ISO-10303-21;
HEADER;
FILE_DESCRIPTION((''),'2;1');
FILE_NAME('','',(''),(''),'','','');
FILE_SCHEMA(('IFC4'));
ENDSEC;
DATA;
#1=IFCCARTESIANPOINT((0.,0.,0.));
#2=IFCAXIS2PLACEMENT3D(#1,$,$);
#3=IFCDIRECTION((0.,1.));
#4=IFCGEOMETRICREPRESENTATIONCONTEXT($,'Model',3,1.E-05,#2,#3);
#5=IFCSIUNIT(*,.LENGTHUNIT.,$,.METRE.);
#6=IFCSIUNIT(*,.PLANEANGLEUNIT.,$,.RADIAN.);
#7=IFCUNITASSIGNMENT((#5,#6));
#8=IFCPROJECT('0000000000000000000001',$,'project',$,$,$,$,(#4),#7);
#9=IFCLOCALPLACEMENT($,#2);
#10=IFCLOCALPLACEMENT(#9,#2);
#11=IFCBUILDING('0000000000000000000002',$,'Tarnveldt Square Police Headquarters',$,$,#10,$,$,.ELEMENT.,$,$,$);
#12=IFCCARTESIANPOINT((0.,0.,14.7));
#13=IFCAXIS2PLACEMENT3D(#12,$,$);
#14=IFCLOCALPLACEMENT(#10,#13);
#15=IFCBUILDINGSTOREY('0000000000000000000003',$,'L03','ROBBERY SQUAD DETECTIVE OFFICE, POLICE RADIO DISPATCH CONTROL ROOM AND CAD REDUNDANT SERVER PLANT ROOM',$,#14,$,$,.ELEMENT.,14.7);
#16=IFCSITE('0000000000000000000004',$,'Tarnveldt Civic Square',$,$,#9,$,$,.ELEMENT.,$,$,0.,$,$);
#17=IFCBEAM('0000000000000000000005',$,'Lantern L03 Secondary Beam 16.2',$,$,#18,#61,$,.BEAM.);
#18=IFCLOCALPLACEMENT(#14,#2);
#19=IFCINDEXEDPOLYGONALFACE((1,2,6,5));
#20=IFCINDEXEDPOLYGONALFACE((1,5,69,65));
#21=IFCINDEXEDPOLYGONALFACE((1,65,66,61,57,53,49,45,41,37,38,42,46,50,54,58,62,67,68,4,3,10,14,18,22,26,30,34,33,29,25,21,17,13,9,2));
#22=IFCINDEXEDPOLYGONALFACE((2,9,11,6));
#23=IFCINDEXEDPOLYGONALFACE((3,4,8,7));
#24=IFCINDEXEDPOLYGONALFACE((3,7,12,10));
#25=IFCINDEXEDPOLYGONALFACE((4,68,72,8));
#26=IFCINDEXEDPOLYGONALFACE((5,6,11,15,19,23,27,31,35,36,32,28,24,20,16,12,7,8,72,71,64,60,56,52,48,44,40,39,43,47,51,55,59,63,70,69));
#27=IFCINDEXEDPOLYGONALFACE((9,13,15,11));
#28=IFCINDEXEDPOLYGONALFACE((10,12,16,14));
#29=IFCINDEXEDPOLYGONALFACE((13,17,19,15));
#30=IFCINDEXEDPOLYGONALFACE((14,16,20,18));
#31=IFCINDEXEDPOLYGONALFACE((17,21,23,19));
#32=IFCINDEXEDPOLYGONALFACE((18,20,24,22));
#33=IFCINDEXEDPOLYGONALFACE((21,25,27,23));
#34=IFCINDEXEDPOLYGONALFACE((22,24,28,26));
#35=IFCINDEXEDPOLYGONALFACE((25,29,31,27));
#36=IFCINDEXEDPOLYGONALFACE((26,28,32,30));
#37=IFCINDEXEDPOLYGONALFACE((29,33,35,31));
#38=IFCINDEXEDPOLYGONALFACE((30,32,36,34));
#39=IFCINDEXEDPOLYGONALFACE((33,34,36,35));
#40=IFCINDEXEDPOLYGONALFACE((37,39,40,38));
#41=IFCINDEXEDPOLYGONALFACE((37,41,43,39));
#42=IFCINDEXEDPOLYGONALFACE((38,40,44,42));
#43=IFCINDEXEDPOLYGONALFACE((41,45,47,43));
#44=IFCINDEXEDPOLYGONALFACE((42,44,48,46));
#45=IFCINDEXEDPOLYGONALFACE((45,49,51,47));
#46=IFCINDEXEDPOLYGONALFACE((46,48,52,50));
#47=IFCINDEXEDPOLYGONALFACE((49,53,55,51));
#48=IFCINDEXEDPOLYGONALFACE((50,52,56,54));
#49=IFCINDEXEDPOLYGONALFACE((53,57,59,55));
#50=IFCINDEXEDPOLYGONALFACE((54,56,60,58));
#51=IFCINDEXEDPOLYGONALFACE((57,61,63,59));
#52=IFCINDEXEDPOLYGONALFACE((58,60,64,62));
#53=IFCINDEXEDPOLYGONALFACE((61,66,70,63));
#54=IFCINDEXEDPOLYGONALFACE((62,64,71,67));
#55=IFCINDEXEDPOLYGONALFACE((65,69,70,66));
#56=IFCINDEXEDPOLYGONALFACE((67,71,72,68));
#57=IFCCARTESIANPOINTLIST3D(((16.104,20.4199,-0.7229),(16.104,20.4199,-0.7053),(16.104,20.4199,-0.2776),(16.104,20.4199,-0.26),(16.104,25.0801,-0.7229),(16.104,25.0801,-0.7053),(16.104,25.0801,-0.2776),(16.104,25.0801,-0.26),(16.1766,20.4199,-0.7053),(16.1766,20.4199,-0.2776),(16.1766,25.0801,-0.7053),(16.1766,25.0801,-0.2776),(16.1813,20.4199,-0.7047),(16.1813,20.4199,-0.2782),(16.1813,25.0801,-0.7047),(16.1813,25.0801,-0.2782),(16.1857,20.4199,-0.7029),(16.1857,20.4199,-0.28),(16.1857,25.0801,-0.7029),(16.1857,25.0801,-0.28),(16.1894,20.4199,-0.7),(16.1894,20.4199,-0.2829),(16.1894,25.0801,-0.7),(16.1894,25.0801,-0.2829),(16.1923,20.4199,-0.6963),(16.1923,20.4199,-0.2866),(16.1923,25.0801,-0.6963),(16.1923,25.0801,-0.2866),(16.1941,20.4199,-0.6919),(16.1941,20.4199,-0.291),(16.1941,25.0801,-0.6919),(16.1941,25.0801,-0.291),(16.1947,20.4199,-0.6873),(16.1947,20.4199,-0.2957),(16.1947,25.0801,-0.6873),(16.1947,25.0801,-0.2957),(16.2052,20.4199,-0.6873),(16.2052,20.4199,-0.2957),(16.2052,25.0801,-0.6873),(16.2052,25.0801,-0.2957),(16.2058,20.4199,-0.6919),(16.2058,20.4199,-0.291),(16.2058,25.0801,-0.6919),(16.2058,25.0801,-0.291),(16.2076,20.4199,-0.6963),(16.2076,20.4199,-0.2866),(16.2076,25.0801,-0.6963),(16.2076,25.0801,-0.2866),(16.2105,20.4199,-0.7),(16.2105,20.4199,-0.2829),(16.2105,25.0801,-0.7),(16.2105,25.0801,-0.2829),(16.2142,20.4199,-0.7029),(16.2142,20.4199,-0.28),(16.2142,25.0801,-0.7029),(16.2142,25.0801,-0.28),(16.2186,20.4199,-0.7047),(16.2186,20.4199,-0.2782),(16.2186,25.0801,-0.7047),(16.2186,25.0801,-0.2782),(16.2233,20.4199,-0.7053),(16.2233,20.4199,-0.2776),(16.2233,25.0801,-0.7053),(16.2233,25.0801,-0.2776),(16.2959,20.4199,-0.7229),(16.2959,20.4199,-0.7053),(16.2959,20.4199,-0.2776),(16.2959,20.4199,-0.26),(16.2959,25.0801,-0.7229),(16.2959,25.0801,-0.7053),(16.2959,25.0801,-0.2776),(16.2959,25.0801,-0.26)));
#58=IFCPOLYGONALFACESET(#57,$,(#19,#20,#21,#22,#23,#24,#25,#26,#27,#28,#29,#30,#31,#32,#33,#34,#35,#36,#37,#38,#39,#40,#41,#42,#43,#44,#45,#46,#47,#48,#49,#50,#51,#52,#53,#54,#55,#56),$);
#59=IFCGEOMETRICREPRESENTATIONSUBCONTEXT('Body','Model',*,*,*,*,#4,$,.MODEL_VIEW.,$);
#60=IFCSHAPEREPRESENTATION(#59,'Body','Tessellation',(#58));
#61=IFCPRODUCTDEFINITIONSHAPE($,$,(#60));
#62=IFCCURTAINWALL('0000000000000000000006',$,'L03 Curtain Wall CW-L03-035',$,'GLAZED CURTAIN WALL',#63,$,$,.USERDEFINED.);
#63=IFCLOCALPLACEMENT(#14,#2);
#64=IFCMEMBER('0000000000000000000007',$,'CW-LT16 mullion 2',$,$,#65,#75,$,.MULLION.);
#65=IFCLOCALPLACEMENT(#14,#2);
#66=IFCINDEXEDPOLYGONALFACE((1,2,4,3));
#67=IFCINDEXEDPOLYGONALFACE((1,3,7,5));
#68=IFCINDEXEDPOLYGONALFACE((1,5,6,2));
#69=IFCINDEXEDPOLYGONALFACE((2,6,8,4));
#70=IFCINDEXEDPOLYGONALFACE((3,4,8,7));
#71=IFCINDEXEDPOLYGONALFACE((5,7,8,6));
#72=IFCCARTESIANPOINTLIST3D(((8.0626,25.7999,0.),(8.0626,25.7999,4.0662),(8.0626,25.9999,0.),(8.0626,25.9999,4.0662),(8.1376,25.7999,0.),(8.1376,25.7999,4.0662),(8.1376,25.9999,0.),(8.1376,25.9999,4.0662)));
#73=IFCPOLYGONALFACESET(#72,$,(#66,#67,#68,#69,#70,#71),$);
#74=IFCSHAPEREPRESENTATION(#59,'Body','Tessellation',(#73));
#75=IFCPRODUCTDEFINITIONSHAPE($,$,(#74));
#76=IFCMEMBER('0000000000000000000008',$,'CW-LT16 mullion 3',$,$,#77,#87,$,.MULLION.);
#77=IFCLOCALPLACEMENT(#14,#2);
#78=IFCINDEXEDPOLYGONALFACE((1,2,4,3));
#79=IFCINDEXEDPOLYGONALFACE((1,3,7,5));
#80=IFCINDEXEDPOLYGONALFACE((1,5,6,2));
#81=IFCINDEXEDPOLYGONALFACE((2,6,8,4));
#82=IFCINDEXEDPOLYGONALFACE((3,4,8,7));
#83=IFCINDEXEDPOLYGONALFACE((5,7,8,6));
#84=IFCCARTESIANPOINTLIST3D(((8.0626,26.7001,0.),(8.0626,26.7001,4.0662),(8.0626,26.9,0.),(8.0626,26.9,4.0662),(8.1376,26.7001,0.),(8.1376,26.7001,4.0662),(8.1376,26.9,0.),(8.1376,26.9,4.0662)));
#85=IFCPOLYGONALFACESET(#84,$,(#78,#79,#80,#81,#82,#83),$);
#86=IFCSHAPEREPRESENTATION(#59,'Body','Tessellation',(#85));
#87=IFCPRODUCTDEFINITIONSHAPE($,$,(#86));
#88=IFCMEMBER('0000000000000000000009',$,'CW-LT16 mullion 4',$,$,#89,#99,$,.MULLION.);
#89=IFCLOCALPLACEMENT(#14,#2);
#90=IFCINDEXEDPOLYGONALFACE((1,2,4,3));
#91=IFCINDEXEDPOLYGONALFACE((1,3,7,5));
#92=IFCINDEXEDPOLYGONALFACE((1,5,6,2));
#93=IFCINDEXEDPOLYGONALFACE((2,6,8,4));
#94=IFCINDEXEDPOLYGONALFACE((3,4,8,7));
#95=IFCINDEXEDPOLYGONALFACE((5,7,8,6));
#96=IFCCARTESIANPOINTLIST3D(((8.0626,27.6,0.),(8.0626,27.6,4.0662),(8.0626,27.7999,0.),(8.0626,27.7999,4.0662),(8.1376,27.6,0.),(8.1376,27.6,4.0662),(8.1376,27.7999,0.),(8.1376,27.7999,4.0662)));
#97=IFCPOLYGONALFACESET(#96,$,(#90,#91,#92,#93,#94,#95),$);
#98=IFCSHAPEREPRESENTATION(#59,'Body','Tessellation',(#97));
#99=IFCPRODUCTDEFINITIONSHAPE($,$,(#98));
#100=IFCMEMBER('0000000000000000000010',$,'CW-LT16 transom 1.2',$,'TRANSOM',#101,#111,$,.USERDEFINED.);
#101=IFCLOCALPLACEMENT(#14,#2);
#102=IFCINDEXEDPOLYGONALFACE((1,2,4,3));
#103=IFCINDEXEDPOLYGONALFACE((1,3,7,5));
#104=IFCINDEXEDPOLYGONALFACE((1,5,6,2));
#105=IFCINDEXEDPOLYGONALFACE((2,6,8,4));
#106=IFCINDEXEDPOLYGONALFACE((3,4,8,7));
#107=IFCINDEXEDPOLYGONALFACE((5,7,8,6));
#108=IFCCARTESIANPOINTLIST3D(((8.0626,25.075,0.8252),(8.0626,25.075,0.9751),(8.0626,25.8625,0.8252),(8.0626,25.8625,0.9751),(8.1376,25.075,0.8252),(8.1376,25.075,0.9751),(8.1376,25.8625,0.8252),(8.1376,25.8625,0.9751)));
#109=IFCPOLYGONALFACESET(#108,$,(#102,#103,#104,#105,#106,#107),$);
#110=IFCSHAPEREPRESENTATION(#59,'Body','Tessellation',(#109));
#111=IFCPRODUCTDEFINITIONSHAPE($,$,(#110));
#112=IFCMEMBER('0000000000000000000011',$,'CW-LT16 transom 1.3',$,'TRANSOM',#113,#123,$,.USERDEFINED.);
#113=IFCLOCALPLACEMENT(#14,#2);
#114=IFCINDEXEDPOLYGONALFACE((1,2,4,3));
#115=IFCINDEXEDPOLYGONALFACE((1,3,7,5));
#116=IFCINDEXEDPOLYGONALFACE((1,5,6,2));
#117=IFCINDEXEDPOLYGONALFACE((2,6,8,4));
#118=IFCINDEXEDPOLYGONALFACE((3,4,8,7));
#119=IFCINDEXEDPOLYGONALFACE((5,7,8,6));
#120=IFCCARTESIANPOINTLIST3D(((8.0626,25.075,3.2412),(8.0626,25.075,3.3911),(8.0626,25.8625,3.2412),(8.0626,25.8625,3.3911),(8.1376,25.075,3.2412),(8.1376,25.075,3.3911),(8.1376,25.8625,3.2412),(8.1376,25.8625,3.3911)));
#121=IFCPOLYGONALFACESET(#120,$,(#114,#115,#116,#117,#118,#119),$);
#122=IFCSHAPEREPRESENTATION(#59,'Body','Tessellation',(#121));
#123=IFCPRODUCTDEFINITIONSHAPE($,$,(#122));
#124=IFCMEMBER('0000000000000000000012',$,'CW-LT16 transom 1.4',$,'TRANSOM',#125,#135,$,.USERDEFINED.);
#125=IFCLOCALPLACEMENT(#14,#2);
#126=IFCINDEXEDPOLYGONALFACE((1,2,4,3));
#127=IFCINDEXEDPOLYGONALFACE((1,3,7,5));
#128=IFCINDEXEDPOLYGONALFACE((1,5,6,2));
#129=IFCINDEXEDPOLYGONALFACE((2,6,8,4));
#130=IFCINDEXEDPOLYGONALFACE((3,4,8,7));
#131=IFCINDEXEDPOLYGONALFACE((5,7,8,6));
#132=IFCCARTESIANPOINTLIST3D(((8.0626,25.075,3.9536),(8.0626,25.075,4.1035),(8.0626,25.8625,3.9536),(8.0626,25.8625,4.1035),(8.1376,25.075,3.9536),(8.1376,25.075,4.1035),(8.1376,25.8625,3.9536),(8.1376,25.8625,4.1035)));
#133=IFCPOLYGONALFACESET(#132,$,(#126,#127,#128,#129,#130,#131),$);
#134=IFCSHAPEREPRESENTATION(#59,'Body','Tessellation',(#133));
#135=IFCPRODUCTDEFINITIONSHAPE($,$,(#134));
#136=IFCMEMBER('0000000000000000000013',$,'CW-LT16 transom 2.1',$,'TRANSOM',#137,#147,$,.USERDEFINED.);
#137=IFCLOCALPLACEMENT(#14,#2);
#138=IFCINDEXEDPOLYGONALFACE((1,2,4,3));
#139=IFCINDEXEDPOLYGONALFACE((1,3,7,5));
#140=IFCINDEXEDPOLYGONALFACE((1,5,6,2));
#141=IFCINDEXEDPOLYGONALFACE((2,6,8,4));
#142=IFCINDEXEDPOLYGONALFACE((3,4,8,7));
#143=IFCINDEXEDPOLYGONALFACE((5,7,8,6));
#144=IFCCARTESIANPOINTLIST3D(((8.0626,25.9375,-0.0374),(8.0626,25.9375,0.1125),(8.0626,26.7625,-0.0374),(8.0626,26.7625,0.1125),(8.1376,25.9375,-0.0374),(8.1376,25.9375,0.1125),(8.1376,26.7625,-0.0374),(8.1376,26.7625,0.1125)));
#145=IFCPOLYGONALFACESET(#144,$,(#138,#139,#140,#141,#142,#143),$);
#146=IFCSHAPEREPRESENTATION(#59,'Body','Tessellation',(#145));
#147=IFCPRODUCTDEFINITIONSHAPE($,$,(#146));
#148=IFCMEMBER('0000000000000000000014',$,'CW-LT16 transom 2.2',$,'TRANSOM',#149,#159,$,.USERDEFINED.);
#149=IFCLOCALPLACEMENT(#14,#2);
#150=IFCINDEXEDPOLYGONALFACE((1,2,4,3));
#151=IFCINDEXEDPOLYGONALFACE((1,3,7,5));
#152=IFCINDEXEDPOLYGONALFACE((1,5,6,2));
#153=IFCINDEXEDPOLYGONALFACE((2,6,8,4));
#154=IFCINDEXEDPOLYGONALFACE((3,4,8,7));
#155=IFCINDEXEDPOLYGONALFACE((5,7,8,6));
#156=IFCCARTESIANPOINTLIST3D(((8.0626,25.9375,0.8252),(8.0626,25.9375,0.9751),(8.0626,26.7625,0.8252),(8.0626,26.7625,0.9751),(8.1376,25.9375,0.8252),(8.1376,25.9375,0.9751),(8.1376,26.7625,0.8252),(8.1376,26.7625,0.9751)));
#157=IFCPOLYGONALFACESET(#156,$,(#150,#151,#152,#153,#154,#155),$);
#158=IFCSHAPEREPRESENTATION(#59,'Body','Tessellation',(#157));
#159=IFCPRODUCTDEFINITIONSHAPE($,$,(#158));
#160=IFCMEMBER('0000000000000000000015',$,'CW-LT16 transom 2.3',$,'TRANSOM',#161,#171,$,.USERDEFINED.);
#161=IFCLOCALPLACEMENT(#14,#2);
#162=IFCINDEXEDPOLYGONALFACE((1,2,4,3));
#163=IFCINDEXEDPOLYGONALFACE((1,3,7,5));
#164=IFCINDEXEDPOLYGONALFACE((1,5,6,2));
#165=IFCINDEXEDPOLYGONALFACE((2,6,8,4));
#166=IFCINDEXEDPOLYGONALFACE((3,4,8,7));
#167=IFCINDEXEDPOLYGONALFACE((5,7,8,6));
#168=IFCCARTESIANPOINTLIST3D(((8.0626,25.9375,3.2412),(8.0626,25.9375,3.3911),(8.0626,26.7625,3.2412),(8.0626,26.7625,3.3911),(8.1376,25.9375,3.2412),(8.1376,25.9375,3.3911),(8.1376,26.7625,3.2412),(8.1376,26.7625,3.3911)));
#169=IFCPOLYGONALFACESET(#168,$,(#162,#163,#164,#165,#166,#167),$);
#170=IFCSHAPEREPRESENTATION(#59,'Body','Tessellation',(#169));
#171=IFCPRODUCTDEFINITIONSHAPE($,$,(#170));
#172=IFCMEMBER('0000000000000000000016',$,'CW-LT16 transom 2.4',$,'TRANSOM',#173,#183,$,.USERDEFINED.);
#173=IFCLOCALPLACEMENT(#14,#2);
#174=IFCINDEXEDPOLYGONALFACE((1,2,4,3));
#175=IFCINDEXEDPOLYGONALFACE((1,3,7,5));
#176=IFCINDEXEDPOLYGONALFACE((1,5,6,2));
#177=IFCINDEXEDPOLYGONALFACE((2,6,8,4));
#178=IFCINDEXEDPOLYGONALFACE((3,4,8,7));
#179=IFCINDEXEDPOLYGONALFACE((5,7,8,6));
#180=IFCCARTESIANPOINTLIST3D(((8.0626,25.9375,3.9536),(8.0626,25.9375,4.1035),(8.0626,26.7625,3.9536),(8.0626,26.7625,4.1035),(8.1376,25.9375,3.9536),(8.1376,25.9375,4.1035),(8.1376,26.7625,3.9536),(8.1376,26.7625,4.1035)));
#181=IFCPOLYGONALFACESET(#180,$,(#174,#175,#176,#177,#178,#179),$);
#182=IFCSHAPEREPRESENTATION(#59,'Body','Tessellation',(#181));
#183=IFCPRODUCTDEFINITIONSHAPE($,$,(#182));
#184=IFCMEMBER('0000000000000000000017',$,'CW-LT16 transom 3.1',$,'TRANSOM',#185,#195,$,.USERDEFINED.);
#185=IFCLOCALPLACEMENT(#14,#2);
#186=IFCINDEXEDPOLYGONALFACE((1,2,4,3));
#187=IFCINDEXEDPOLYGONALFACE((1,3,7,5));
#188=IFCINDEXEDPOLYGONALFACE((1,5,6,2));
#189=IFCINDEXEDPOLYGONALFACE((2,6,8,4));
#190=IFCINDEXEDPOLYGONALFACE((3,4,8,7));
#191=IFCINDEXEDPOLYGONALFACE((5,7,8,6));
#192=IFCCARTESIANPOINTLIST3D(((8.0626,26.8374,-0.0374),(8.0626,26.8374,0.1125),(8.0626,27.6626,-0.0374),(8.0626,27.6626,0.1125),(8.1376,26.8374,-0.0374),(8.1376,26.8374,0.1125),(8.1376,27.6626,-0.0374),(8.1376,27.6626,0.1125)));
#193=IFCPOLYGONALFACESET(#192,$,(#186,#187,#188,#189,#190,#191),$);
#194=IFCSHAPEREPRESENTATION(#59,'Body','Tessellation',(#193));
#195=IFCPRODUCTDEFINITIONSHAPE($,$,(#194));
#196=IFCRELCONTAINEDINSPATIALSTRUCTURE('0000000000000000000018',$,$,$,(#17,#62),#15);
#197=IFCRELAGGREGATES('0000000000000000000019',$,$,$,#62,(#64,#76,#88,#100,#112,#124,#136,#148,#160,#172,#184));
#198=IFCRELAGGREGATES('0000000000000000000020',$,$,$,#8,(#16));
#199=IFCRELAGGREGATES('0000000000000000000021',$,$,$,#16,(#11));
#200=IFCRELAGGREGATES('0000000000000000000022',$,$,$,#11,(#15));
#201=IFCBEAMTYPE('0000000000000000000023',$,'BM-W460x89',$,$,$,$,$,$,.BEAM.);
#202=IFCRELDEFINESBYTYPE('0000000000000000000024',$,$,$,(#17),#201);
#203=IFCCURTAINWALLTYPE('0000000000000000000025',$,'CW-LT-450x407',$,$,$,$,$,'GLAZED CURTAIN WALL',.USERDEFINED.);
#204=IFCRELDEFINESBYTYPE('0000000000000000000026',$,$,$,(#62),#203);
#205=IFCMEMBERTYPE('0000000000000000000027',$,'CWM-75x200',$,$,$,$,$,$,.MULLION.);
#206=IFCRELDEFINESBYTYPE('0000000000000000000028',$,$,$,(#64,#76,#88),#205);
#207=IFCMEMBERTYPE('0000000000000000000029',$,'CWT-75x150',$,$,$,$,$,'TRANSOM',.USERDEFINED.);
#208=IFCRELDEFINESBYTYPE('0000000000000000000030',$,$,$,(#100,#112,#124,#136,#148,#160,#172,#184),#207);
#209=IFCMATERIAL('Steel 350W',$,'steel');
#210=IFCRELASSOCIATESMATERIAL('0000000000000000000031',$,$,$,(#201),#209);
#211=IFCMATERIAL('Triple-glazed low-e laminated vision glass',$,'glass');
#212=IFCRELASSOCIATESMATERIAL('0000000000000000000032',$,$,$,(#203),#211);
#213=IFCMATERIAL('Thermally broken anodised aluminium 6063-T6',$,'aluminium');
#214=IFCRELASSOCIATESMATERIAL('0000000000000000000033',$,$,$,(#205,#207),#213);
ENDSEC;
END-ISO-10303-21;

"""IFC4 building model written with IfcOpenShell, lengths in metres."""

from ifc_helpers import new_model, si_unit, direction, frame, origin, origin_2d, place, context, subcontext, project, spatial, rectangle, i_section, extrude, material, material_profile, profile_set, type_object, element, aggregate, save


model = new_model("IFC4")

# Units and contexts
model_context = context("Model", 3, precision=1e-05, world=origin(), true_north=direction((0.0, 1.0)))
body_context = subcontext(model_context, "Body", "Model", "MODEL_VIEW")
ifc_project = project(units=[si_unit("LENGTHUNIT", "METRE"), si_unit("PLANEANGLEUNIT", "RADIAN")], contexts=[model_context])

# Site, building, storey
site_placement = place(None, origin())
site = spatial("IfcSite", under=ifc_project, at=site_placement, Name="Tarnveldt Civic Square", CompositionType="ELEMENT", RefElevation=0.0)
building_placement = place(site_placement, origin())
building = spatial("IfcBuilding", under=site, at=building_placement, Name="Tarnveldt Square Police Headquarters", CompositionType="ELEMENT")
storey_placement = place(building_placement, frame((0.0, 0.0, 14.7)))
storey = spatial("IfcBuildingStorey", under=building, at=storey_placement, Name="L03", Description="ROBBERY SQUAD DETECTIVE OFFICE, POLICE RADIO DISPATCH CONTROL ROOM AND CAD REDUNDANT SERVER PLANT ROOM", CompositionType="ELEMENT", Elevation=14.7)

# Beam
ifc_material_1 = material(Name="Steel 350W", Category="steel")
ifc_material_profile_1 = material_profile(ifc_material_1, i_section(OverallWidth=0.1919, OverallDepth=0.4629, WebThickness=0.0105, FlangeThickness=0.0176, FilletRadius=0.0181, at=origin_2d()), Name="W460x89")
ifc_profile_set_1 = profile_set([ifc_material_profile_1], Name="Steel 350W")
beam_type = type_object("IfcBeamType", Name="BM-W460x89", PredefinedType="BEAM", material=ifc_profile_set_1)
beam_placement = place(storey_placement, frame((16.2, 25.0801, -0.4915), z_axis=(0.0, -1.0, 0.0), x_axis=(1.0, 0.0, 0.0)))
element("IfcBeam", 1, at=beam_placement, inside=storey, type_object=beam_type, Name="Lantern L03 Secondary Beam 16.2", PredefinedType="BEAM", context=body_context, shape_type="SweptSolid", body=[
    extrude(i_section(OverallWidth=0.1919, OverallDepth=0.4629, WebThickness=0.0105, FlangeThickness=0.0176, FilletRadius=0.0181, at=origin_2d()), origin(), (0.0, 0.0, 1.0), 4.6602),
])

# Curtain wall, members
ifc_material_2 = material(Name="Triple-glazed low-e laminated vision glass", Category="glass")
curtain_wall_type = type_object("IfcCurtainWallType", Name="CW-LT-450x407", ElementType="GLAZED CURTAIN WALL", PredefinedType="USERDEFINED", material=ifc_material_2)
curtain_wall_placement = place(storey_placement, origin())
curtain_wall = element("IfcCurtainWall", 2, at=curtain_wall_placement, inside=storey, type_object=curtain_wall_type, Name="L03 Curtain Wall CW-L03-035", ObjectType="GLAZED CURTAIN WALL", PredefinedType="USERDEFINED")
ifc_material_3 = material(Name="Thermally broken anodised aluminium 6063-T6", Category="aluminium")
ifc_material_profile_2 = material_profile(ifc_material_3, rectangle(XDim=0.075, YDim=0.2, at=origin_2d()), Name="CW-M75x200")
ifc_profile_set_2 = profile_set([ifc_material_profile_2], Name="Thermally broken anodised aluminium 6063-T6")
member_type_1 = type_object("IfcMemberType", Name="CWM-75x200", PredefinedType="MULLION", material=ifc_profile_set_2)
member_1_placement = place(storey_placement, frame((8.1001, 25.8999, 0.0), z_axis=(0.0, 0.0, 1.0), x_axis=(-1.0, 0.0, 0.0)))
member_1 = element("IfcMember", 3, at=member_1_placement, type_object=member_type_1, Name="CW-LT16 mullion 2", PredefinedType="MULLION", context=body_context, shape_type="SweptSolid", body=[
    extrude(rectangle(XDim=0.075, YDim=0.2, at=origin_2d()), origin(), (0.0, 0.0, 1.0), 4.0662),
])
member_2_placement = place(storey_placement, frame((8.1001, 26.8, 0.0), z_axis=(0.0, 0.0, 1.0), x_axis=(-1.0, 0.0, 0.0)))
member_2 = element("IfcMember", 4, at=member_2_placement, type_object=member_type_1, Name="CW-LT16 mullion 3", PredefinedType="MULLION", context=body_context, shape_type="SweptSolid", body=[
    extrude(rectangle(XDim=0.075, YDim=0.2, at=origin_2d()), origin(), (0.0, 0.0, 1.0), 4.0662),
])
member_3_placement = place(storey_placement, frame((8.1001, 27.7, 0.0), z_axis=(0.0, 0.0, 1.0), x_axis=(-1.0, 0.0, 0.0)))
member_3 = element("IfcMember", 5, at=member_3_placement, type_object=member_type_1, Name="CW-LT16 mullion 4", PredefinedType="MULLION", context=body_context, shape_type="SweptSolid", body=[
    extrude(rectangle(XDim=0.075, YDim=0.2, at=origin_2d()), origin(), (0.0, 0.0, 1.0), 4.0662),
])
ifc_material_profile_3 = material_profile(ifc_material_3, rectangle(XDim=0.075, YDim=0.1499, at=origin_2d()), Name="CW-T75x150")
ifc_profile_set_3 = profile_set([ifc_material_profile_3], Name="Thermally broken anodised aluminium 6063-T6")
member_type_2 = type_object("IfcMemberType", Name="CWT-75x150", ElementType="TRANSOM", PredefinedType="USERDEFINED", material=ifc_profile_set_3)
member_4_placement = place(storey_placement, frame((8.1001, 25.075, 0.9001), z_axis=(0.0, 1.0, 0.0), x_axis=(-1.0, 0.0, 0.0)))
member_4 = element("IfcMember", 6, at=member_4_placement, type_object=member_type_2, Name="CW-LT16 transom 1.2", ObjectType="TRANSOM", PredefinedType="USERDEFINED", context=body_context, shape_type="SweptSolid", body=[
    extrude(rectangle(XDim=0.075, YDim=0.1499, at=origin_2d()), origin(), (0.0, 0.0, 1.0), 0.7876),
])
member_5_placement = place(storey_placement, frame((8.1001, 25.075, 3.3162), z_axis=(0.0, 1.0, 0.0), x_axis=(-1.0, 0.0, 0.0)))
member_5 = element("IfcMember", 7, at=member_5_placement, type_object=member_type_2, Name="CW-LT16 transom 1.3", ObjectType="TRANSOM", PredefinedType="USERDEFINED", context=body_context, shape_type="SweptSolid", body=[
    extrude(rectangle(XDim=0.075, YDim=0.1499, at=origin_2d()), origin(), (0.0, 0.0, 1.0), 0.7876),
])
member_6_placement = place(storey_placement, frame((8.1001, 25.075, 4.0286), z_axis=(0.0, 1.0, 0.0), x_axis=(-1.0, 0.0, 0.0)))
member_6 = element("IfcMember", 8, at=member_6_placement, type_object=member_type_2, Name="CW-LT16 transom 1.4", ObjectType="TRANSOM", PredefinedType="USERDEFINED", context=body_context, shape_type="SweptSolid", body=[
    extrude(rectangle(XDim=0.075, YDim=0.1499, at=origin_2d()), origin(), (0.0, 0.0, 1.0), 0.7876),
])
member_7_placement = place(storey_placement, frame((8.1001, 25.9375, 0.0376), z_axis=(0.0, 1.0, 0.0), x_axis=(-1.0, 0.0, 0.0)))
member_7 = element("IfcMember", 9, at=member_7_placement, type_object=member_type_2, Name="CW-LT16 transom 2.1", ObjectType="TRANSOM", PredefinedType="USERDEFINED", context=body_context, shape_type="SweptSolid", body=[
    extrude(rectangle(XDim=0.075, YDim=0.1499, at=origin_2d()), origin(), (0.0, 0.0, 1.0), 0.825),
])
member_8_placement = place(storey_placement, frame((8.1001, 25.9375, 0.9001), z_axis=(0.0, 1.0, 0.0), x_axis=(-1.0, 0.0, 0.0)))
member_8 = element("IfcMember", 10, at=member_8_placement, type_object=member_type_2, Name="CW-LT16 transom 2.2", ObjectType="TRANSOM", PredefinedType="USERDEFINED", context=body_context, shape_type="SweptSolid", body=[
    extrude(rectangle(XDim=0.075, YDim=0.1499, at=origin_2d()), origin(), (0.0, 0.0, 1.0), 0.825),
])
member_9_placement = place(storey_placement, frame((8.1001, 25.9375, 3.3162), z_axis=(0.0, 1.0, 0.0), x_axis=(-1.0, 0.0, 0.0)))
member_9 = element("IfcMember", 11, at=member_9_placement, type_object=member_type_2, Name="CW-LT16 transom 2.3", ObjectType="TRANSOM", PredefinedType="USERDEFINED", context=body_context, shape_type="SweptSolid", body=[
    extrude(rectangle(XDim=0.075, YDim=0.1499, at=origin_2d()), origin(), (0.0, 0.0, 1.0), 0.825),
])
member_10_placement = place(storey_placement, frame((8.1001, 25.9375, 4.0286), z_axis=(0.0, 1.0, 0.0), x_axis=(-1.0, 0.0, 0.0)))
member_10 = element("IfcMember", 12, at=member_10_placement, type_object=member_type_2, Name="CW-LT16 transom 2.4", ObjectType="TRANSOM", PredefinedType="USERDEFINED", context=body_context, shape_type="SweptSolid", body=[
    extrude(rectangle(XDim=0.075, YDim=0.1499, at=origin_2d()), origin(), (0.0, 0.0, 1.0), 0.825),
])
member_11_placement = place(storey_placement, frame((8.1001, 26.8374, 0.0376), z_axis=(0.0, 1.0, 0.0), x_axis=(-1.0, 0.0, 0.0)))
member_11 = element("IfcMember", 13, at=member_11_placement, type_object=member_type_2, Name="CW-LT16 transom 3.1", ObjectType="TRANSOM", PredefinedType="USERDEFINED", context=body_context, shape_type="SweptSolid", body=[
    extrude(rectangle(XDim=0.075, YDim=0.1499, at=origin_2d()), origin(), (0.0, 0.0, 1.0), 0.8252),
])

aggregate(curtain_wall, [member_1, member_2, member_3, member_4, member_5, member_6, member_7, member_8, member_9, member_10, member_11])

save(model, "model.ifc")
